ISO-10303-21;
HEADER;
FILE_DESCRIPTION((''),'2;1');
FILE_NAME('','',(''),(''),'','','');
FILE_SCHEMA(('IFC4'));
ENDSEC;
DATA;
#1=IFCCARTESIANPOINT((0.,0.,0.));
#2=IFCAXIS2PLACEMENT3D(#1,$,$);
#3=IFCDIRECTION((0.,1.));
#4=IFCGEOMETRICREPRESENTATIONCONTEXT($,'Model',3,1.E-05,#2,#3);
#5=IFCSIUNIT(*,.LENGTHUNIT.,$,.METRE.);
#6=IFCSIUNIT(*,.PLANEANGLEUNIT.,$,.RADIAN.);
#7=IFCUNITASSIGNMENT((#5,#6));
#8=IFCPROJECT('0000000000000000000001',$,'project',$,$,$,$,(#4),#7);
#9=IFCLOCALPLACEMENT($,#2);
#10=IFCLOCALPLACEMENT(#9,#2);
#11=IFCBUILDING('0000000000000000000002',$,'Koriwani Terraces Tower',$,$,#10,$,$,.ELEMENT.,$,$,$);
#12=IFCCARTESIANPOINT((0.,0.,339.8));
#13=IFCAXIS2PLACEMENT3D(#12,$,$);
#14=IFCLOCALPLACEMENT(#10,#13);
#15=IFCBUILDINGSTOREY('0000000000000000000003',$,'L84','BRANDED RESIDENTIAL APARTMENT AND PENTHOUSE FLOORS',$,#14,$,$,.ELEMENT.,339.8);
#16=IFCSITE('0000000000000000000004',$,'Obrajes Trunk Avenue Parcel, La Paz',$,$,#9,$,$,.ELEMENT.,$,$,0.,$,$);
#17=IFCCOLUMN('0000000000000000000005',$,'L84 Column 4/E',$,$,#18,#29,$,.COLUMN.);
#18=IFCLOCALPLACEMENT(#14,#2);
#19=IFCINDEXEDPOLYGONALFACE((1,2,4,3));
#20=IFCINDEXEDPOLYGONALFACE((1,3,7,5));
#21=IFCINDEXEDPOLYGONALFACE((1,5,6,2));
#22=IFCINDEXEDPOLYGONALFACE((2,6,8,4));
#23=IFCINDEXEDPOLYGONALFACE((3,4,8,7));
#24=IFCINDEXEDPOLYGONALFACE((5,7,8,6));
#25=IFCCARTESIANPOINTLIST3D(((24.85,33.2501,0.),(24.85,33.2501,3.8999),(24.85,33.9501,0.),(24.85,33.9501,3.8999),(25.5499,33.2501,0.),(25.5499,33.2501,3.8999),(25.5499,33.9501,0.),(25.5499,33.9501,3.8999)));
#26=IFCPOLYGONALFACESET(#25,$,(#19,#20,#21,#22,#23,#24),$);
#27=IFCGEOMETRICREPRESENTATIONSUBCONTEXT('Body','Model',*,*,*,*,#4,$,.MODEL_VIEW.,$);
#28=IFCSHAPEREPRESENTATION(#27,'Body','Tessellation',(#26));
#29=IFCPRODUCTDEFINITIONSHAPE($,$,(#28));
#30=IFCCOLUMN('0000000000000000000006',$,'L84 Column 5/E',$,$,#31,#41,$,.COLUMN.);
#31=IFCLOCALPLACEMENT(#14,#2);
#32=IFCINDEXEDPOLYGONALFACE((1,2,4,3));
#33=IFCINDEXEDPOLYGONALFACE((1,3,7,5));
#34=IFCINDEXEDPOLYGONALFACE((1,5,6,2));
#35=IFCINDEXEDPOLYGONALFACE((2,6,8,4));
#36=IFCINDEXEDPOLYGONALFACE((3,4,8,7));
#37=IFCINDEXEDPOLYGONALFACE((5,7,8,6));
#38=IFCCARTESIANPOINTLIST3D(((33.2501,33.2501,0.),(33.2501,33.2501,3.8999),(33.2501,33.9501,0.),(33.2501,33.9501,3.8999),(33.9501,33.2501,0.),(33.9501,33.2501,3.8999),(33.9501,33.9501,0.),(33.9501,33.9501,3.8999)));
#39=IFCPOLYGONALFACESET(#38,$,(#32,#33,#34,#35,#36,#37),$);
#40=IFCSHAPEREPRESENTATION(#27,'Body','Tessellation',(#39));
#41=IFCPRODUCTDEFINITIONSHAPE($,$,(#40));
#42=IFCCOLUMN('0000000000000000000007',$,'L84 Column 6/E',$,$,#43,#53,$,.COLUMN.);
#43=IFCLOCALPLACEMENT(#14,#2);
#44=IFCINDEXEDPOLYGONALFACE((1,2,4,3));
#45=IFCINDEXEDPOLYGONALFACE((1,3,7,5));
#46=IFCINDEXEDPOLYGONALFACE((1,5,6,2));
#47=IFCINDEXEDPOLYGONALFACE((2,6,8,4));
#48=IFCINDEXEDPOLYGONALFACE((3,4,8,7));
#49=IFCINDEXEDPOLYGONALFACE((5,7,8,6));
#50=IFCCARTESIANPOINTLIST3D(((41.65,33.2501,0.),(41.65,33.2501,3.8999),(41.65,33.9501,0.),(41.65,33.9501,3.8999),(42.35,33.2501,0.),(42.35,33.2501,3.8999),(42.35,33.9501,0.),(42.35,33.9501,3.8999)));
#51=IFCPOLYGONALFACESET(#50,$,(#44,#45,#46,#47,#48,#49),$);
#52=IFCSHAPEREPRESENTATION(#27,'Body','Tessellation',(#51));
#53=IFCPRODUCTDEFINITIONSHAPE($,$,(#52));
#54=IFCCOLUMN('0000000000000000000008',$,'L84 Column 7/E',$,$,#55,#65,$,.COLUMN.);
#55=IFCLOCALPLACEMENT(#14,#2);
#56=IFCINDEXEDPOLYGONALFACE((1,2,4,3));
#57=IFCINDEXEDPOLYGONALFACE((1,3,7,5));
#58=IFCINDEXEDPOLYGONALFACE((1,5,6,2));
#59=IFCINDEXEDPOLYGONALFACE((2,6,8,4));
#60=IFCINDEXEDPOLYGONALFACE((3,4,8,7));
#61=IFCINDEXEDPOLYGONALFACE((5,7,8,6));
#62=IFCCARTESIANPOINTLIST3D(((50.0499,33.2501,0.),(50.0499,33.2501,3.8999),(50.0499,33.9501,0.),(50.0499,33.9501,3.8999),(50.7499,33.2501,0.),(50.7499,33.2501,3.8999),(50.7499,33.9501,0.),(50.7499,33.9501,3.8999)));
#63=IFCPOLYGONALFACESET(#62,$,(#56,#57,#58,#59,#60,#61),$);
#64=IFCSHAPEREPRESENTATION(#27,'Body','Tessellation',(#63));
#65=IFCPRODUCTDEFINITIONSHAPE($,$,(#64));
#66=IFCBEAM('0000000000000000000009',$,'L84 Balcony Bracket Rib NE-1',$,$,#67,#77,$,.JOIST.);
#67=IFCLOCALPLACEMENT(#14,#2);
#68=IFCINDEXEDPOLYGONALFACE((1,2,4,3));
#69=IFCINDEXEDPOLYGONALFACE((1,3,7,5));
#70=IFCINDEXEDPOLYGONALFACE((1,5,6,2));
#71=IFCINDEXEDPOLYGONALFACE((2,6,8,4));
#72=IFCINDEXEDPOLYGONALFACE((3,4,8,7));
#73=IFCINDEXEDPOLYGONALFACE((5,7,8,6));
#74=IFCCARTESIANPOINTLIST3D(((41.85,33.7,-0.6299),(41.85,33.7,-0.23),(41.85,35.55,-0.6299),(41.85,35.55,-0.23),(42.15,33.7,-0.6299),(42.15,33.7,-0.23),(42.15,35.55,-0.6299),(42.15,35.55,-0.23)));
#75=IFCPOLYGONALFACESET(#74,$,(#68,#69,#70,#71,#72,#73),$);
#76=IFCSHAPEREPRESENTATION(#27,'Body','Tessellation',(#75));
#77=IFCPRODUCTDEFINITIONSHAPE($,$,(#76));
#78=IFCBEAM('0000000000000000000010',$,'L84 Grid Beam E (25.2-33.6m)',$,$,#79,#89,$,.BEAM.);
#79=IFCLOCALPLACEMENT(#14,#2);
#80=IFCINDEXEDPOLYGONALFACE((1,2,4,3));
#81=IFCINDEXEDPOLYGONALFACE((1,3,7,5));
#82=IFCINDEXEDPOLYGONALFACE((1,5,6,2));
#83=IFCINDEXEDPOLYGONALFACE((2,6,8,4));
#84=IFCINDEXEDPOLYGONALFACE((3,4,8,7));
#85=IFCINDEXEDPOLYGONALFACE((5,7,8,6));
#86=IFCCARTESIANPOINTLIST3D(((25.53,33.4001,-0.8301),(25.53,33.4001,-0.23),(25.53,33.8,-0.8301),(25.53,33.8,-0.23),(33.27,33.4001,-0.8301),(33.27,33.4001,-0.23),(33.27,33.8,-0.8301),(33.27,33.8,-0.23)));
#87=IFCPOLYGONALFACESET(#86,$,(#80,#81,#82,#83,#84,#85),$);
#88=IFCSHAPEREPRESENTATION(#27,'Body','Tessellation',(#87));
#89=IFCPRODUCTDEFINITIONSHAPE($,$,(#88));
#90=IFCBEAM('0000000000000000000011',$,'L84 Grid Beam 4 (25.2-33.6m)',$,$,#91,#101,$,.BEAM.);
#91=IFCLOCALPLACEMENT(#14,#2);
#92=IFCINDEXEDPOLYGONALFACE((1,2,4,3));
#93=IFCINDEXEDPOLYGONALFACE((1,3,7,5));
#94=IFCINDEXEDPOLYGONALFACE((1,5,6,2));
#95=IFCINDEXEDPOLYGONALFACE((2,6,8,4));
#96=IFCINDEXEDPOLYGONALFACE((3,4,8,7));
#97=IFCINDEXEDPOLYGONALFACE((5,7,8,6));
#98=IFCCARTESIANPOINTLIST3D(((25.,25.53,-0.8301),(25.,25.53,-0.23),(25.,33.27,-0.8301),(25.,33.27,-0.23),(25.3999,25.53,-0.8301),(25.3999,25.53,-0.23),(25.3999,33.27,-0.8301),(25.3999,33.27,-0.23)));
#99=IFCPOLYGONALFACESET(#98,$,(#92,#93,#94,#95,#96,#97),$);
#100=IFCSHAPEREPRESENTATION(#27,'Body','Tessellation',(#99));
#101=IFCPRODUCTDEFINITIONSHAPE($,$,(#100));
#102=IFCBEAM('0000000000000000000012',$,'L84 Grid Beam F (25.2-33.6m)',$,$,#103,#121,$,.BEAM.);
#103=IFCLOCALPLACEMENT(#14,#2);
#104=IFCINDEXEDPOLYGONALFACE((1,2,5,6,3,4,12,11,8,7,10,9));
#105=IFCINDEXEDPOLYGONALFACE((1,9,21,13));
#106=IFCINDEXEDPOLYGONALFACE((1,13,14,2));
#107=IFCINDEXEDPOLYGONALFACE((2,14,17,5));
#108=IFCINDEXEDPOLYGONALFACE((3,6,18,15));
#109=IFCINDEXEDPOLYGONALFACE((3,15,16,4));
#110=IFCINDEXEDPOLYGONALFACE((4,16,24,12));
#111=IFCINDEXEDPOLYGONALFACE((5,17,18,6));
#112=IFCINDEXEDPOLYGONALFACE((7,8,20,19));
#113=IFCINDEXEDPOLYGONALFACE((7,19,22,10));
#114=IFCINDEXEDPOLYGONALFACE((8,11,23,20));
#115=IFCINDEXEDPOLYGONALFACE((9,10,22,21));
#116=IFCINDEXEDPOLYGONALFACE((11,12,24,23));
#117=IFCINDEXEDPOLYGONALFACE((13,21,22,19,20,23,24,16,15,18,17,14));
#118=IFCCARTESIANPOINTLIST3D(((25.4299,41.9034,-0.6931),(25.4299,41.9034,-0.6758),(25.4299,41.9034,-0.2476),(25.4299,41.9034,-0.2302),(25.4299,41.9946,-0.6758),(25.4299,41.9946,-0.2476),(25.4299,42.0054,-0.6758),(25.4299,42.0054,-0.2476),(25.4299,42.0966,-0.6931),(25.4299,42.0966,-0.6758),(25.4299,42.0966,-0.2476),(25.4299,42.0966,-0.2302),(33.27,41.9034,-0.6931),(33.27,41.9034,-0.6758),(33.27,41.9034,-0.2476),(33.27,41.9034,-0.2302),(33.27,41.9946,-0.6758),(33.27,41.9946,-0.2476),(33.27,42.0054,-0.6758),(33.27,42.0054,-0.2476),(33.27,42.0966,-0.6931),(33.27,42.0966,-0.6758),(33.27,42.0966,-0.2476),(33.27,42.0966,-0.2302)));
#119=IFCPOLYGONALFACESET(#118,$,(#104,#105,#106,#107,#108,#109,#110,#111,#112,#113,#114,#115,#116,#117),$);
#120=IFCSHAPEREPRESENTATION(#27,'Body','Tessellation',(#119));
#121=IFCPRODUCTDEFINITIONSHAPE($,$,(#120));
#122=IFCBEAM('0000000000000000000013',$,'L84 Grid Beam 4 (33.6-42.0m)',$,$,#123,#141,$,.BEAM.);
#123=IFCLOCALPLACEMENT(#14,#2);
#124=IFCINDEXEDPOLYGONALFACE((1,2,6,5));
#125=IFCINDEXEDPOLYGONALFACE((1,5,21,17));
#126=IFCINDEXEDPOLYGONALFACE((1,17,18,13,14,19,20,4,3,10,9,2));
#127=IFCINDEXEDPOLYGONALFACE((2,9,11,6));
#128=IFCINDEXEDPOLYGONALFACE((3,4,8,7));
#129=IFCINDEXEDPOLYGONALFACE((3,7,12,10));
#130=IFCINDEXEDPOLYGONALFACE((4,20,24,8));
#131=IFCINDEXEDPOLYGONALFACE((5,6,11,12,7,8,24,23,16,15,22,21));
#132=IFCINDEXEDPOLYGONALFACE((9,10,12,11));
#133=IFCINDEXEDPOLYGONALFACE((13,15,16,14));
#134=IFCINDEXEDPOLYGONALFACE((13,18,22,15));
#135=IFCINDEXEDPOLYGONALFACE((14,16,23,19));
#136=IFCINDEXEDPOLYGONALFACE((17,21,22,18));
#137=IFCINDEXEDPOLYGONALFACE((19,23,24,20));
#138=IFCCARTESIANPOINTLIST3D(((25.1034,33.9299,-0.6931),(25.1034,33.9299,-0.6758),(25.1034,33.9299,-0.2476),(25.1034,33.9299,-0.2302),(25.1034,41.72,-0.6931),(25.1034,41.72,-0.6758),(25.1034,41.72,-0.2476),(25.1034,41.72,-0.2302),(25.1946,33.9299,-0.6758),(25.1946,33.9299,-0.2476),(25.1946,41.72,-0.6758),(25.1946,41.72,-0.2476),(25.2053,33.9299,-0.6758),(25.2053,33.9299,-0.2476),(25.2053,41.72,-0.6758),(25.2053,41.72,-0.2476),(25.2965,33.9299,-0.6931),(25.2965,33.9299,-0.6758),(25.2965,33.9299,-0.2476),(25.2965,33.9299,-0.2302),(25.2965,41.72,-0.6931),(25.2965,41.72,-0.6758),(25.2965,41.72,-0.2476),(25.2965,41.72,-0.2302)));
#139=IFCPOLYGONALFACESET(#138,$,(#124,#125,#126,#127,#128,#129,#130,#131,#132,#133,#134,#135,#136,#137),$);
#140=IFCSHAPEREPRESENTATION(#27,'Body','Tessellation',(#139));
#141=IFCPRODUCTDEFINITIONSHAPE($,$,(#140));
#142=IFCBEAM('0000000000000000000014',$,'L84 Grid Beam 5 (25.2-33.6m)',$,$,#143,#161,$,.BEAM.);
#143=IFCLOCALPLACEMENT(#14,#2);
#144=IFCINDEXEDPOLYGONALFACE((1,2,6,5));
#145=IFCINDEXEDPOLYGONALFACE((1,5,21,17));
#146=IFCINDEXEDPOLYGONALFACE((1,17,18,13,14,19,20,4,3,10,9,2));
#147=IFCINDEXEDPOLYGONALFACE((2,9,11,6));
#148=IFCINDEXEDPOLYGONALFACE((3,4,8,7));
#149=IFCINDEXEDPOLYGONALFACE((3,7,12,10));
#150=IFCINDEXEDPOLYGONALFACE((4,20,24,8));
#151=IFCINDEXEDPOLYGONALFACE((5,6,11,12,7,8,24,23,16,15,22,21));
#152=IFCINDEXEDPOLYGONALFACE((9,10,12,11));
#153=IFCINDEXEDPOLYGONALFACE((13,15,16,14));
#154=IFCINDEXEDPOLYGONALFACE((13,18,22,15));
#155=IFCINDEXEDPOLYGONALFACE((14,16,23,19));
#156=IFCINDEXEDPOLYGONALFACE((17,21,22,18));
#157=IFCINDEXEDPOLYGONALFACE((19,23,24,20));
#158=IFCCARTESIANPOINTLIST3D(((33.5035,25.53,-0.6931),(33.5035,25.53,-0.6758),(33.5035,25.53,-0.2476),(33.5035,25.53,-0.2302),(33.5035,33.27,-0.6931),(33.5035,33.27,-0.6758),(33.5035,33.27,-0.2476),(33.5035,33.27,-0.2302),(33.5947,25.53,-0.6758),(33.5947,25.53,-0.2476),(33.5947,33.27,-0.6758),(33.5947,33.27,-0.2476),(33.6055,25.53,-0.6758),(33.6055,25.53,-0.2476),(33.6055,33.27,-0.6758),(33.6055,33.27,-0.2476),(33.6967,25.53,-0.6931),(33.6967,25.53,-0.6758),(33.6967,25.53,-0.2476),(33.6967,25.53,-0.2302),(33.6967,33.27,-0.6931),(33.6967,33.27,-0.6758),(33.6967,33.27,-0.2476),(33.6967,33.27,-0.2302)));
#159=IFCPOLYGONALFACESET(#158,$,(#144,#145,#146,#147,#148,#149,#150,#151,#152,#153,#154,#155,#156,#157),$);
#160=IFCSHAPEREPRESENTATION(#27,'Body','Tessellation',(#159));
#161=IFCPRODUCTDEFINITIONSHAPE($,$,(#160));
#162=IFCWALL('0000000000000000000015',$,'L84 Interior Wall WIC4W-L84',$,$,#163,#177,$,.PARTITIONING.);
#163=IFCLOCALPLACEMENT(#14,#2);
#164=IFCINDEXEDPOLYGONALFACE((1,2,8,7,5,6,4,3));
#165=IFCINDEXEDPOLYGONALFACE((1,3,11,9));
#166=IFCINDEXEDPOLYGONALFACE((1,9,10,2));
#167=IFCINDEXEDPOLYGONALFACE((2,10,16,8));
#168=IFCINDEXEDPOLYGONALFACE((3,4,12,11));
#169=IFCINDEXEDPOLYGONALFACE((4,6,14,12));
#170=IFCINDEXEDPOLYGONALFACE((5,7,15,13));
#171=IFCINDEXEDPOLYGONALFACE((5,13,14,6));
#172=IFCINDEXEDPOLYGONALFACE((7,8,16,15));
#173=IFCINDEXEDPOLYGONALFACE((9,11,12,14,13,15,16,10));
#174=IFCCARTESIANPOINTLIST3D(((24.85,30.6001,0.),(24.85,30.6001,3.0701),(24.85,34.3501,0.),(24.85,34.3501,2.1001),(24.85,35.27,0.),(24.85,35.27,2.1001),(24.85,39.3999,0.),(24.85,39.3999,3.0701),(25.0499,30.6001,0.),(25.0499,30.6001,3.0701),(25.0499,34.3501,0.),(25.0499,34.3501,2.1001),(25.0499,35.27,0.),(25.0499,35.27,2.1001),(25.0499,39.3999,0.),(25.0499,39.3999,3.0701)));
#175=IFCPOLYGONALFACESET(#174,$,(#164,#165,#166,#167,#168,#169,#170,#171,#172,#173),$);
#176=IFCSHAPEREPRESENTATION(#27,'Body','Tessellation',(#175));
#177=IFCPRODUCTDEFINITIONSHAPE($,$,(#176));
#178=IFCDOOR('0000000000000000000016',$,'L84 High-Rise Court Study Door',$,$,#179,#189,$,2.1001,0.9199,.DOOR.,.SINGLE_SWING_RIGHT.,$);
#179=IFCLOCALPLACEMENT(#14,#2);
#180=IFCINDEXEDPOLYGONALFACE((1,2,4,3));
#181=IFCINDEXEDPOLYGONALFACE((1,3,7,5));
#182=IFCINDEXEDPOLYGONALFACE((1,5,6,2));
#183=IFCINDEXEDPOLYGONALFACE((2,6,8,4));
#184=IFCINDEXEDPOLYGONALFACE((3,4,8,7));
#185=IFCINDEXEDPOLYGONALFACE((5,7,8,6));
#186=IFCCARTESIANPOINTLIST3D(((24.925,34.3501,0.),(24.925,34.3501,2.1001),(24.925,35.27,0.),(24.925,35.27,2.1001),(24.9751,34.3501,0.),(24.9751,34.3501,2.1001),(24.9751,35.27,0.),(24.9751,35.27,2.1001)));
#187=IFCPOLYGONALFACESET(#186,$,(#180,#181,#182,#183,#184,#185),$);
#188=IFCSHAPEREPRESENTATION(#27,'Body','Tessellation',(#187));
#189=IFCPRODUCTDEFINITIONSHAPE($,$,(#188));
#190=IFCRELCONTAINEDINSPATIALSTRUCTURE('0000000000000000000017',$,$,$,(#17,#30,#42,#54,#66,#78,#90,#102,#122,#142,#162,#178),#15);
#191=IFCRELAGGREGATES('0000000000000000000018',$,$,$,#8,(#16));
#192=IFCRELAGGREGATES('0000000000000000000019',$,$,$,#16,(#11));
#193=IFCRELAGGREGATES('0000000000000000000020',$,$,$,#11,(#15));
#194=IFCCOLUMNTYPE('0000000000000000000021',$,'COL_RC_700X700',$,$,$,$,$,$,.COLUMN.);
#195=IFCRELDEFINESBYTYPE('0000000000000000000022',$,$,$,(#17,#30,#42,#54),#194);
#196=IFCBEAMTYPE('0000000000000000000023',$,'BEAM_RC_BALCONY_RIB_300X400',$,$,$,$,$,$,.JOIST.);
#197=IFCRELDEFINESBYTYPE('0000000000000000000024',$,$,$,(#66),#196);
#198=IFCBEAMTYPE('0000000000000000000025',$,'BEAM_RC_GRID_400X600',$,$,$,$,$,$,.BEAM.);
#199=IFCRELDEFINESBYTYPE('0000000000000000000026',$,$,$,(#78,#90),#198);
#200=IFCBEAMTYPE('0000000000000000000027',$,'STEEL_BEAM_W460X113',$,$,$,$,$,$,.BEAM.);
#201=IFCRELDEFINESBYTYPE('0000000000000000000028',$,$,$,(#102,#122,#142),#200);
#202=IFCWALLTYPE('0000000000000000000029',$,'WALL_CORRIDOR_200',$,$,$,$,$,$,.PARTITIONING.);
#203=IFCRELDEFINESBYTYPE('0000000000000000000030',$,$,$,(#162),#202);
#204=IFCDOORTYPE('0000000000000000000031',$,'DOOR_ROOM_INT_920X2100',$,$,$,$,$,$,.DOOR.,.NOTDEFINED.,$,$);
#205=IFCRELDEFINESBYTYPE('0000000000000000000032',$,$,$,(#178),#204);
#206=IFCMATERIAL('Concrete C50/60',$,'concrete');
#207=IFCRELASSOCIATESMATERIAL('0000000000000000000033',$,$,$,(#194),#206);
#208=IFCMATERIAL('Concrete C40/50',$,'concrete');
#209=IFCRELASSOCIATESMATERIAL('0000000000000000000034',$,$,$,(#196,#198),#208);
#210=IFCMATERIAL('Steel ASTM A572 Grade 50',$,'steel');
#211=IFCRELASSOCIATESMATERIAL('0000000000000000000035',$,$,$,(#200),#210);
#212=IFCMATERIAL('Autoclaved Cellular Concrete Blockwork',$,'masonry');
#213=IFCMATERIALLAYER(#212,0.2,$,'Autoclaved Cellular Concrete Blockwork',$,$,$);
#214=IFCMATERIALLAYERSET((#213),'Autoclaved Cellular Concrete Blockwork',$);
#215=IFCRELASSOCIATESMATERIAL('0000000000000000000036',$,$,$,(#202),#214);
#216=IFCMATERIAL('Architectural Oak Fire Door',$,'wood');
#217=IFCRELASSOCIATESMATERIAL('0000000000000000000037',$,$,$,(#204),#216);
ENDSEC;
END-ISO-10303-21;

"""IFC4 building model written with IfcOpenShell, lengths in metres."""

from ifc_helpers import new_model, si_unit, direction, frame, frame_2d, origin, origin_2d, place, context, subcontext, project, spatial, rectangle, i_section, extrude, material, layer, layer_set, material_profile, profile_set, type_object, element, fill, save


model = new_model("IFC4")

# Units and contexts
model_context = context("Model", 3, precision=1e-05, world=origin(), true_north=direction((0.0, 1.0)))
body_context = subcontext(model_context, "Body", "Model", "MODEL_VIEW")
ifc_project = project(units=[si_unit("LENGTHUNIT", "METRE"), si_unit("PLANEANGLEUNIT", "RADIAN")], contexts=[model_context])

# Site, building, storey
site_placement = place(None, origin())
site = spatial("IfcSite", under=ifc_project, at=site_placement, Name="Obrajes Trunk Avenue Parcel, La Paz", CompositionType="ELEMENT", RefElevation=0.0)
building_placement = place(site_placement, origin())
building = spatial("IfcBuilding", under=site, at=building_placement, Name="Koriwani Terraces Tower", CompositionType="ELEMENT")
storey_placement = place(building_placement, frame((0.0, 0.0, 339.8)))
storey = spatial("IfcBuildingStorey", under=building, at=storey_placement, Name="L84", Description="BRANDED RESIDENTIAL APARTMENT AND PENTHOUSE FLOORS", CompositionType="ELEMENT", Elevation=339.8)

# Columns
ifc_material_1 = material(Name="Concrete C50/60", Category="concrete")
ifc_material_profile_1 = material_profile(ifc_material_1, rectangle(XDim=0.7, YDim=0.7, at=origin_2d()), Name="Concrete C50/60", Category="LoadBearing")
ifc_profile_set_1 = profile_set([ifc_material_profile_1], Name="Concrete C50/60")
column_type = type_object("IfcColumnType", Name="COL_RC_700X700", PredefinedType="COLUMN", material=ifc_profile_set_1)
for number, where, z_axis, x_axis, name in (
    (1, (25.2, 33.6001, 0.0), (0.0, 0.0, 1.0), (1.0, 0.0, 0.0), "L84 Column 4/E"),
    (2, (33.6001, 33.6001, 0.0), (0.0, 0.0, 1.0), (1.0, 0.0, 0.0), "L84 Column 5/E"),
    (3, (42.0, 33.6001, 0.0), (0.0, 0.0, 1.0), (1.0, 0.0, 0.0), "L84 Column 6/E"),
    (4, (50.3999, 33.6001, 0.0), (0.0, 0.0, 1.0), (1.0, 0.0, 0.0), "L84 Column 7/E"),
):
    element("IfcColumn", number, at=place(storey_placement, frame(where, z_axis=z_axis, x_axis=x_axis)), inside=storey, type_object=column_type, Name=name, PredefinedType="COLUMN", context=body_context, shape_type="SweptSolid", body=[
        extrude(rectangle(XDim=0.7, YDim=0.7, at=origin_2d()), origin(), (0.0, 0.0, 1.0), 3.8999),
    ])

# Beams
ifc_material_2 = material(Name="Concrete C40/50", Category="concrete")
ifc_material_profile_2 = material_profile(ifc_material_2, rectangle(XDim=0.3, YDim=0.3999, at=origin_2d()), Name="Concrete C40/50", Category="LoadBearing")
ifc_profile_set_2 = profile_set([ifc_material_profile_2], Name="Concrete C40/50")
beam_type_1 = type_object("IfcBeamType", Name="BEAM_RC_BALCONY_RIB_300X400", PredefinedType="JOIST", material=ifc_profile_set_2)
beam_1_placement = place(storey_placement, frame((42.0, 33.7, -0.4299), z_axis=(0.0, 1.0, 0.0), x_axis=(-1.0, 0.0, 0.0)))
element("IfcBeam", 5, at=beam_1_placement, inside=storey, type_object=beam_type_1, Name="L84 Balcony Bracket Rib NE-1", PredefinedType="JOIST", context=body_context, shape_type="SweptSolid", body=[
    extrude(rectangle(XDim=0.3, YDim=0.3999, at=origin_2d()), origin(), (0.0, 0.0, 1.0), 1.8501),
])
ifc_material_profile_3 = material_profile(ifc_material_2, rectangle(XDim=0.3999, YDim=0.6001, at=origin_2d()), Name="Concrete C40/50", Category="LoadBearing")
ifc_profile_set_3 = profile_set([ifc_material_profile_3], Name="Concrete C40/50")
beam_type_2 = type_object("IfcBeamType", Name="BEAM_RC_GRID_400X600", PredefinedType="BEAM", material=ifc_profile_set_3)
for number, where, z_axis, x_axis, name in (
    (6, (25.53, 33.6001, -0.53), (1.0, 0.0, 0.0), (0.0, 1.0, 0.0), "L84 Grid Beam E (25.2-33.6m)"),
    (7, (25.2, 25.53, -0.53), (0.0, 1.0, 0.0), (-1.0, 0.0, 0.0), "L84 Grid Beam 4 (25.2-33.6m)"),
):
    element("IfcBeam", number, at=place(storey_placement, frame(where, z_axis=z_axis, x_axis=x_axis)), inside=storey, type_object=beam_type_2, Name=name, PredefinedType="BEAM", context=body_context, shape_type="SweptSolid", body=[
        extrude(rectangle(XDim=0.3999, YDim=0.6001, at=origin_2d()), origin(), (0.0, 0.0, 1.0), 7.74),
    ])
ifc_material_3 = material(Name="Steel ASTM A572 Grade 50", Category="steel")
ifc_material_profile_4 = material_profile(ifc_material_3, i_section(OverallWidth=0.1931, OverallDepth=0.4629, WebThickness=0.0107, FlangeThickness=0.0173, at=origin_2d()), Name="Steel ASTM A572 Grade 50", Category="LoadBearing")
ifc_profile_set_4 = profile_set([ifc_material_profile_4], Name="Steel ASTM A572 Grade 50")
beam_type_3 = type_object("IfcBeamType", Name="STEEL_BEAM_W460X113", PredefinedType="BEAM", material=ifc_profile_set_4)
beam_2_placement = place(storey_placement, frame((25.4299, 42.0, -0.4617), z_axis=(1.0, 0.0, 0.0), x_axis=(0.0, 1.0, 0.0)))
element("IfcBeam", 8, at=beam_2_placement, inside=storey, type_object=beam_type_3, Name="L84 Grid Beam F (25.2-33.6m)", PredefinedType="BEAM", context=body_context, shape_type="SweptSolid", body=[
    extrude(i_section(OverallWidth=0.1931, OverallDepth=0.4629, WebThickness=0.0107, FlangeThickness=0.0173, at=origin_2d()), origin(), (0.0, 0.0, 1.0), 7.8401),
])
beam_3_placement = place(storey_placement, frame((25.2, 33.9299, -0.4617), z_axis=(0.0, 1.0, 0.0), x_axis=(-1.0, 0.0, 0.0)))
element("IfcBeam", 9, at=beam_3_placement, inside=storey, type_object=beam_type_3, Name="L84 Grid Beam 4 (33.6-42.0m)", PredefinedType="BEAM", context=body_context, shape_type="SweptSolid", body=[
    extrude(i_section(OverallWidth=0.1931, OverallDepth=0.4629, WebThickness=0.0107, FlangeThickness=0.0173, at=origin_2d()), origin(), (0.0, 0.0, 1.0), 7.79),
])
beam_4_placement = place(storey_placement, frame((33.6001, 25.53, -0.4617), z_axis=(0.0, 1.0, 0.0), x_axis=(-1.0, 0.0, 0.0)))
element("IfcBeam", 10, at=beam_4_placement, inside=storey, type_object=beam_type_3, Name="L84 Grid Beam 5 (25.2-33.6m)", PredefinedType="BEAM", context=body_context, shape_type="SweptSolid", body=[
    extrude(i_section(OverallWidth=0.1931, OverallDepth=0.4629, WebThickness=0.0107, FlangeThickness=0.0173, at=origin_2d()), origin(), (0.0, 0.0, 1.0), 7.74),
])

# Wall, opening, door
ifc_material_4 = material(Name="Autoclaved Cellular Concrete Blockwork", Category="masonry")
ifc_layer_1 = layer(ifc_material_4, 0.2, Name="Autoclaved Cellular Concrete Blockwork")
ifc_layer_set_1 = layer_set([ifc_layer_1], Name="Autoclaved Cellular Concrete Blockwork")
wall_type_1 = type_object("IfcWallType", Name="WALL_CORRIDOR_200", PredefinedType="PARTITIONING", material=ifc_layer_set_1)
wall_1_placement = place(storey_placement, frame((24.95, 30.6001, 0.0), z_axis=(0.0, 0.0, 1.0), x_axis=(0.0, 1.0, 0.0)))
wall_1 = element("IfcWall", 11, at=wall_1_placement, inside=storey, type_object=wall_type_1, Name="L84 Interior Wall WIC4W-L84", PredefinedType="PARTITIONING", context=body_context, shape_type="SweptSolid", body=[
    extrude(rectangle(XDim=8.7998, YDim=0.2, at=frame_2d((4.3999, 0.0))), origin(), (0.0, 0.0, 1.0), 3.0701),
])
opening_1_placement = place(wall_1_placement, frame((3.75, 0.0, 0.0)))
opening_1 = element("IfcOpeningElement", 12, at=opening_1_placement, cuts=wall_1, PredefinedType="OPENING", context=body_context, shape_type="SweptSolid", body=[
    extrude(rectangle(XDim=0.9199, YDim=2.1001, at=frame_2d((0.46, 1.05))), frame((0.0, 0.1099, 0.0), z_axis=(0.0, -1.0, 0.0), x_axis=(1.0, 0.0, 0.0)), (0.0, 0.0, 1.0), 0.22),
])
ifc_material_5 = material(Name="Architectural Oak Fire Door", Category="wood")
door_type_1 = type_object("IfcDoorType", Name="DOOR_ROOM_INT_920X2100", OperationType="NOTDEFINED", PredefinedType="DOOR", material=ifc_material_5)
door_1_placement = place(opening_1_placement, origin())
door_1 = element("IfcDoor", 13, at=door_1_placement, inside=storey, type_object=door_type_1, Name="L84 High-Rise Court Study Door", OperationType="SINGLE_SWING_RIGHT", OverallHeight=2.1001, OverallWidth=0.9199, PredefinedType="DOOR", context=body_context, shape_type="SweptSolid", body=[
    extrude(rectangle(XDim=0.9199, YDim=2.1001, at=frame_2d((0.46, 1.05))), frame((0.0, 0.0249, 0.0), z_axis=(0.0, -1.0, 0.0), x_axis=(1.0, 0.0, 0.0)), (0.0, 0.0, 1.0), 0.05),
])
fill(opening_1, door_1)

save(model, "model.ifc")
